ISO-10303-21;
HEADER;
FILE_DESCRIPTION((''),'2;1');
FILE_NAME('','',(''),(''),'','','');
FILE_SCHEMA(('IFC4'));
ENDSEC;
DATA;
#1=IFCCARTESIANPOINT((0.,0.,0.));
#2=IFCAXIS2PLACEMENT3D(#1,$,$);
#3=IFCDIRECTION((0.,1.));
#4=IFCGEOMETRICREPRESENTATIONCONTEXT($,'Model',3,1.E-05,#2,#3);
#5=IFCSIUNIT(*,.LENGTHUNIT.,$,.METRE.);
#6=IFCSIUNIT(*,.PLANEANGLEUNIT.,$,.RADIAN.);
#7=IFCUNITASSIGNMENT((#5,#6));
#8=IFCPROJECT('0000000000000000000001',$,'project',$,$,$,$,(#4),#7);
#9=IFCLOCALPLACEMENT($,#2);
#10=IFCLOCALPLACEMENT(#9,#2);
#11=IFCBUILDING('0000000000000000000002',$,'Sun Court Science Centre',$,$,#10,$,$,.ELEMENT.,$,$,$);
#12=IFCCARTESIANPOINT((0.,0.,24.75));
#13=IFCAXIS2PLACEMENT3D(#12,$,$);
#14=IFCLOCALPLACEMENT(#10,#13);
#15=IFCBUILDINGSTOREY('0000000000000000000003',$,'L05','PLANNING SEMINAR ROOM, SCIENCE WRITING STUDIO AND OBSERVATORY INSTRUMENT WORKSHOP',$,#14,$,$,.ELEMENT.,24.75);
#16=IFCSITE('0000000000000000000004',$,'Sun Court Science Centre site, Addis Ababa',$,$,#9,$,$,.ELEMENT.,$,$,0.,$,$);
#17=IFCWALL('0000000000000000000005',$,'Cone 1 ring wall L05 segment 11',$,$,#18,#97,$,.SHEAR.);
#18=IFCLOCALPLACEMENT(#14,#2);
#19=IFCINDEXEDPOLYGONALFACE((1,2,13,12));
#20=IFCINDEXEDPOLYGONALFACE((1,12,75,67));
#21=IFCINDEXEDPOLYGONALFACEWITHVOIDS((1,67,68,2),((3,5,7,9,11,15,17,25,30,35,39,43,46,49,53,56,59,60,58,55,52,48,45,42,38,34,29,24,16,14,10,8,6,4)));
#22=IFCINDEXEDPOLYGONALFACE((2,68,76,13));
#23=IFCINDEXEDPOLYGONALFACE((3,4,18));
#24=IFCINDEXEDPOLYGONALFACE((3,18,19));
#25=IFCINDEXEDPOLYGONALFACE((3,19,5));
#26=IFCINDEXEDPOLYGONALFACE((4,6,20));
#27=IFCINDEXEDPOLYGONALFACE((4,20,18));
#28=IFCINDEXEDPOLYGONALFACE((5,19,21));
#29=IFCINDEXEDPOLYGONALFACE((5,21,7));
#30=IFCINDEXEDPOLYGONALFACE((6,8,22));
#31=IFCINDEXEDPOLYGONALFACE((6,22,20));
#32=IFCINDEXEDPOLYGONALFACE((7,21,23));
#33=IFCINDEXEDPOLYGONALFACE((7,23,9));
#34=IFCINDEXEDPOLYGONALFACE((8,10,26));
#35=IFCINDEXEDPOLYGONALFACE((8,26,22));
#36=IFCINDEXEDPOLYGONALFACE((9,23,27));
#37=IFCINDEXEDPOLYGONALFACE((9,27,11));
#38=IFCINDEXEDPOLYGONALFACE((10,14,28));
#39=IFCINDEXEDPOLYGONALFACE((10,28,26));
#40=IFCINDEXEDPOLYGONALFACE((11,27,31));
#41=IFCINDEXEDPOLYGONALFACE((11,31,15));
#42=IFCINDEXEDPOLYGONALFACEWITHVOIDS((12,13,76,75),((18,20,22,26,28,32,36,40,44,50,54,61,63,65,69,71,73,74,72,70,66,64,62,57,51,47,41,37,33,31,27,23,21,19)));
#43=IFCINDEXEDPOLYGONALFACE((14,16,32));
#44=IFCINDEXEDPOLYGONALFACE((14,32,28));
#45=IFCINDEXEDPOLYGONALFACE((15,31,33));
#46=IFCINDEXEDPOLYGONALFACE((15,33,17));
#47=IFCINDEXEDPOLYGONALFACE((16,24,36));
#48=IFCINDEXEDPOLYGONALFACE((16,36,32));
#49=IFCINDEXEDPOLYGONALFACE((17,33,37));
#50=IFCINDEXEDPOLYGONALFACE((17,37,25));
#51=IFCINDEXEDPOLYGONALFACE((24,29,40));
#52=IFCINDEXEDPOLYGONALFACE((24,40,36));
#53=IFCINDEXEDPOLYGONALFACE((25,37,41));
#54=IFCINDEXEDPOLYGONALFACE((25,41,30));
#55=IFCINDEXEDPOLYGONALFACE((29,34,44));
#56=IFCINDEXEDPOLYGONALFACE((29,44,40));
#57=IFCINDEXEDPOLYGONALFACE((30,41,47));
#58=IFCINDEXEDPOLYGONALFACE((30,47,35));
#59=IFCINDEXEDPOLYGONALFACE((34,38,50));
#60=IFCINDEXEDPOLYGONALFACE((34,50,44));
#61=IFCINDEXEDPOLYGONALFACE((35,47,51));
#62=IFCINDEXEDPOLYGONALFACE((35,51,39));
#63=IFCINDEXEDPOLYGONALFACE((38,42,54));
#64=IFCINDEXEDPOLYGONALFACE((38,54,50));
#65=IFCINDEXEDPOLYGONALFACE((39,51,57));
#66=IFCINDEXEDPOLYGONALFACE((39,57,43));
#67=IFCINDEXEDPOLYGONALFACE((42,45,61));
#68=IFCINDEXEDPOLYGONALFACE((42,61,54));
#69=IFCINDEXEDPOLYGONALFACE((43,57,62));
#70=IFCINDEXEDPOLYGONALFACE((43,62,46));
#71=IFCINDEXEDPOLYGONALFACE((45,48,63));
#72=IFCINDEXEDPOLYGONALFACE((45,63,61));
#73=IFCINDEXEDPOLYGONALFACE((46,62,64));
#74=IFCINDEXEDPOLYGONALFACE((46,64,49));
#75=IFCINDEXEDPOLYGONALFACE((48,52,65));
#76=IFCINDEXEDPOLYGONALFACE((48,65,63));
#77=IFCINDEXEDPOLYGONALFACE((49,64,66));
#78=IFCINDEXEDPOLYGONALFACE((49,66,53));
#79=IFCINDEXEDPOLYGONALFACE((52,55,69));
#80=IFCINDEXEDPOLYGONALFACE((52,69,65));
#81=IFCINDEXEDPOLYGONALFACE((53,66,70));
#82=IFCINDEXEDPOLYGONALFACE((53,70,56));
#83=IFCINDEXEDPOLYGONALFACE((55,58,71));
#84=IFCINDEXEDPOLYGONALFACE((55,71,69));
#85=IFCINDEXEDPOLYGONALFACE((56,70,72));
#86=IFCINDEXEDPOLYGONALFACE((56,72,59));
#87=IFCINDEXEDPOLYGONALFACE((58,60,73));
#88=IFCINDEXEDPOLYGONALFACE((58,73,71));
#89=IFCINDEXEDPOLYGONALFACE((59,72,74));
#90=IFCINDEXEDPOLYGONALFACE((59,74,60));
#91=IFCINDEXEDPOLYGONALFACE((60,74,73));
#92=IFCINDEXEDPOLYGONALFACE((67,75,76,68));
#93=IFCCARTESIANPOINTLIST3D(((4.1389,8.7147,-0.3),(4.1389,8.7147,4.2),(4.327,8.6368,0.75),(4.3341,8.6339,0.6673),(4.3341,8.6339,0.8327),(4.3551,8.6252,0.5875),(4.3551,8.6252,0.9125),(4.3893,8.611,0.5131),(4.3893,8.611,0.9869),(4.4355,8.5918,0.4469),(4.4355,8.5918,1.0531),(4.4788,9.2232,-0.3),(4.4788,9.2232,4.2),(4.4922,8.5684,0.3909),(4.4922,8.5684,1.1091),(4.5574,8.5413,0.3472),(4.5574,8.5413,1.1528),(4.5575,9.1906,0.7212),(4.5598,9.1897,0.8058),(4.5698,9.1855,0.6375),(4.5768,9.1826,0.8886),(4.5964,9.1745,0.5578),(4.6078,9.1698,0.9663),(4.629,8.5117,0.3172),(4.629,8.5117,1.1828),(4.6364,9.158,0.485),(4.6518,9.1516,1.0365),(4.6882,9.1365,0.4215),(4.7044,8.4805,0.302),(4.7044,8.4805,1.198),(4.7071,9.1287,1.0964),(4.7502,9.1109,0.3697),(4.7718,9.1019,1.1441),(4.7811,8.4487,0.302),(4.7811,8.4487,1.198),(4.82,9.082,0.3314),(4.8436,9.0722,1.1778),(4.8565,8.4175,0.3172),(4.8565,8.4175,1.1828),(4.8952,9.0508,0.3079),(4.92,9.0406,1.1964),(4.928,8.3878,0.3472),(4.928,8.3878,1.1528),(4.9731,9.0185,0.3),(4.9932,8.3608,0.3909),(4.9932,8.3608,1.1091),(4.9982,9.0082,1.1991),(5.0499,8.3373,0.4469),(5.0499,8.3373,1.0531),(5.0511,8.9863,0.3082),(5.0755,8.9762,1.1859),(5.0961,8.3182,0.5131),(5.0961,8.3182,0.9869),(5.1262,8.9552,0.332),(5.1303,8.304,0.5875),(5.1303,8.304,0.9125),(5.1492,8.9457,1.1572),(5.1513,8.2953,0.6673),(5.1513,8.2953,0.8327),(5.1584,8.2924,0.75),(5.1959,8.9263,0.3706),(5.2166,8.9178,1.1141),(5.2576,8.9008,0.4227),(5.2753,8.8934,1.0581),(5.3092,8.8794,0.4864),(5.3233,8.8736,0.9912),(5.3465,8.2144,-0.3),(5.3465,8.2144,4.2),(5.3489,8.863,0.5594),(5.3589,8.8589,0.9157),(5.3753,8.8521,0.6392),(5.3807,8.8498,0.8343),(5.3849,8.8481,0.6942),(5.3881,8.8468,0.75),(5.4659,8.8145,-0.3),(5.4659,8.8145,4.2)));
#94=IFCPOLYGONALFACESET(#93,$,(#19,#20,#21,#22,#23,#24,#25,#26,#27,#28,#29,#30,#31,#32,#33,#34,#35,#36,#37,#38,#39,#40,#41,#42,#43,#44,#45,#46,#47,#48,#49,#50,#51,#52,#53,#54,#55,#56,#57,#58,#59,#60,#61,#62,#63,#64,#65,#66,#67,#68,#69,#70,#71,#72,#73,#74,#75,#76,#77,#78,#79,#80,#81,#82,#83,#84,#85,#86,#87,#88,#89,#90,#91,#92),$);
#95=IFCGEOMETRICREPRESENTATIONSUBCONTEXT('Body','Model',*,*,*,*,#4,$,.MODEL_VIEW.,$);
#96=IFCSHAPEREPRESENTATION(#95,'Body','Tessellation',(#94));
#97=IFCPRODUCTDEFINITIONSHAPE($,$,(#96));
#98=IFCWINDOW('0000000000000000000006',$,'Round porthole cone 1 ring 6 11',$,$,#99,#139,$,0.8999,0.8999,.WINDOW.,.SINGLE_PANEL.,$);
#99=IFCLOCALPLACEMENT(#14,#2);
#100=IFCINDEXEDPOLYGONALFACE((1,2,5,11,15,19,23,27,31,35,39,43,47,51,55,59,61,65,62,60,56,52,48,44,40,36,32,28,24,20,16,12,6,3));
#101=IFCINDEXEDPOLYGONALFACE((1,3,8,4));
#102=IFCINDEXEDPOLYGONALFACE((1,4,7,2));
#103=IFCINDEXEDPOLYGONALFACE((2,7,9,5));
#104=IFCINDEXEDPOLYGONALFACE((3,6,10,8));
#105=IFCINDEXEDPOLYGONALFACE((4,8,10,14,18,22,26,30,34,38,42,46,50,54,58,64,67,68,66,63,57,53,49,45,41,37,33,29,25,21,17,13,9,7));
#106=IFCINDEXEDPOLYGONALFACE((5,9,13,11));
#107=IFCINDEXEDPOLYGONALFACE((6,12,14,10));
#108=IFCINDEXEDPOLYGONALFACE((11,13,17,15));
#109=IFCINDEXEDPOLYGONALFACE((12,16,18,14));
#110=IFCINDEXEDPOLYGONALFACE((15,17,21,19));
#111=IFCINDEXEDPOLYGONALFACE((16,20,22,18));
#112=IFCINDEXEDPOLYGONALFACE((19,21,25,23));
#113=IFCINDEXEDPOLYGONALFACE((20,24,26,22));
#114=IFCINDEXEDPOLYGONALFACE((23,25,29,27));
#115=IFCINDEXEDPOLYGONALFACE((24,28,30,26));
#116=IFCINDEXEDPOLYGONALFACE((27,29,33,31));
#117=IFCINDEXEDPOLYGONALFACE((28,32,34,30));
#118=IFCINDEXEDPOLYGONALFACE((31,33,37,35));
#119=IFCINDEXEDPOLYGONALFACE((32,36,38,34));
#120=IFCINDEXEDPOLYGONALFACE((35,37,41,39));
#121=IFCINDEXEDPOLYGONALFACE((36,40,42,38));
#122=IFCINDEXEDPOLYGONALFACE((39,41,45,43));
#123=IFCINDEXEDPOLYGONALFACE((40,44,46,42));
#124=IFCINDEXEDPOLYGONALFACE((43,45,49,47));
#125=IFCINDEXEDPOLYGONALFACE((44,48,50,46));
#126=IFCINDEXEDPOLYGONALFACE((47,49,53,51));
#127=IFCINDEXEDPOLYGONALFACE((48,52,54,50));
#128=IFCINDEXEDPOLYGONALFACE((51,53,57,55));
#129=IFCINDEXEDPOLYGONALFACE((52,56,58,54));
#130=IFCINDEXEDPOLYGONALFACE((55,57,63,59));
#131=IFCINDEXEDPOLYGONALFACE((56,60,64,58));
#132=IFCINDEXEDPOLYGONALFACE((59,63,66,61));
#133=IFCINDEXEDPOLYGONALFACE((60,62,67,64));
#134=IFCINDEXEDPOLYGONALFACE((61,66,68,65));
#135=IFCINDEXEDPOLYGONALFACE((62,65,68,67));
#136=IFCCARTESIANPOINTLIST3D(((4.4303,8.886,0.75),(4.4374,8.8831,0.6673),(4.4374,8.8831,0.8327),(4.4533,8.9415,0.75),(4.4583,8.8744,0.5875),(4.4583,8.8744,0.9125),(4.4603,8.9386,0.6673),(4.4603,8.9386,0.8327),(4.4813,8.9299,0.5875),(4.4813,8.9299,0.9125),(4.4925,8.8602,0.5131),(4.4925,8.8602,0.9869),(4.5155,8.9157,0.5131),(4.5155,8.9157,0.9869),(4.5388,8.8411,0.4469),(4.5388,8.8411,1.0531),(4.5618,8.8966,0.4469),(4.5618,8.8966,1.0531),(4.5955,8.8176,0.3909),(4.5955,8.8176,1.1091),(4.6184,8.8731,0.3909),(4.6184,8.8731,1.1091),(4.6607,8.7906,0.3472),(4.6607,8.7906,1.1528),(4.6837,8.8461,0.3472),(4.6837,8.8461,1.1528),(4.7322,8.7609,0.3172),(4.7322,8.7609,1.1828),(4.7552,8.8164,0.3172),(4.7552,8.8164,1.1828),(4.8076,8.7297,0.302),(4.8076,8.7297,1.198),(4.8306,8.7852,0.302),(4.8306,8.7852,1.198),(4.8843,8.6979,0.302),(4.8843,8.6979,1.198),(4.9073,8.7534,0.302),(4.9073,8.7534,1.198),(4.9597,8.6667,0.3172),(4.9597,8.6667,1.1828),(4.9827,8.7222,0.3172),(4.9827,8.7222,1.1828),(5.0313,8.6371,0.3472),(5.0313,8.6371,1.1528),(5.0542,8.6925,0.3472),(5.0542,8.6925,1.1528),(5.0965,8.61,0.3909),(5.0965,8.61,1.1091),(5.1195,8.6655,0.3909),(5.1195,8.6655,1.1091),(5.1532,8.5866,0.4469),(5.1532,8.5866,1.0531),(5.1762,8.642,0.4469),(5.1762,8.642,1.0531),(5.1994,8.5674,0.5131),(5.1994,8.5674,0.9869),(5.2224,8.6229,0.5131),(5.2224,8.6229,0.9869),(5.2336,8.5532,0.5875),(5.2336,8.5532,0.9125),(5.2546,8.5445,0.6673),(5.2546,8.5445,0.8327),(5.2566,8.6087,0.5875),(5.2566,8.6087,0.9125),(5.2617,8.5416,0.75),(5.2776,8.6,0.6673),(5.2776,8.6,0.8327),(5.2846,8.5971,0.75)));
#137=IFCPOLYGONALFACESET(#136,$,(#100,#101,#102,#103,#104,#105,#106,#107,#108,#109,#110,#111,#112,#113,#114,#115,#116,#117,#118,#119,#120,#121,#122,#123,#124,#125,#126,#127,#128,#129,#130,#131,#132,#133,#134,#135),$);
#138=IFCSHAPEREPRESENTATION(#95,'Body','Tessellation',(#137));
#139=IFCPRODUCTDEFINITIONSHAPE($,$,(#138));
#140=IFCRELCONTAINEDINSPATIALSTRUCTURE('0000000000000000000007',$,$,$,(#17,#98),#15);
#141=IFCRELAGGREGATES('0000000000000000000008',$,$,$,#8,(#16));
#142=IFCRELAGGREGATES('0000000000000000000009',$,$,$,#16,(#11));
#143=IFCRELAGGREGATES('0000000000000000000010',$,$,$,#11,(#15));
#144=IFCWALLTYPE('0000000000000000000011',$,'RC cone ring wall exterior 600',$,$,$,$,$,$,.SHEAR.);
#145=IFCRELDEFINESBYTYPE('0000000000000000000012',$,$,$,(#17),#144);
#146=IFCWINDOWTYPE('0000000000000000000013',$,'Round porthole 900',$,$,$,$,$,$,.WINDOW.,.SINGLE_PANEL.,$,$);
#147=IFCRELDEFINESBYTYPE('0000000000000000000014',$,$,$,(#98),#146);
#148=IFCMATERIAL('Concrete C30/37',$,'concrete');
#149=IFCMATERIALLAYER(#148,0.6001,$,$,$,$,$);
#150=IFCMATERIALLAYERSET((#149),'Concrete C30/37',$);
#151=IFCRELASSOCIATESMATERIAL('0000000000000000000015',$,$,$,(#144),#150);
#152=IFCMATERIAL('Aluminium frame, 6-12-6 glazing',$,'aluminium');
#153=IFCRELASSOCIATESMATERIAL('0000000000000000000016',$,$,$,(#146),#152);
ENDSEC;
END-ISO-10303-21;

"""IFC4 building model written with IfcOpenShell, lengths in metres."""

from ifc_helpers import new_model, si_unit, direction, frame, frame_2d, origin, place, context, subcontext, project, spatial, polyline, circle, outline, extrude, material, layer, layer_set, type_object, element, fill, save


model = new_model("IFC4")

# Units and contexts
model_context = context("Model", 3, precision=1e-05, world=origin(), true_north=direction((0.0, 1.0)))
body_context = subcontext(model_context, "Body", "Model", "MODEL_VIEW")
ifc_project = project(units=[si_unit("LENGTHUNIT", "METRE"), si_unit("PLANEANGLEUNIT", "RADIAN")], contexts=[model_context])

# Site, building, storey
site_placement = place(None, origin())
site = spatial("IfcSite", under=ifc_project, at=site_placement, Name="Sun Court Science Centre site, Addis Ababa", CompositionType="ELEMENT", RefElevation=0.0)
building_placement = place(site_placement, origin())
building = spatial("IfcBuilding", under=site, at=building_placement, Name="Sun Court Science Centre", CompositionType="ELEMENT")
storey_placement = place(building_placement, frame((0.0, 0.0, 24.75)))
storey = spatial("IfcBuildingStorey", under=building, at=storey_placement, Name="L05", Description="PLANNING SEMINAR ROOM, SCIENCE WRITING STUDIO AND OBSERVATORY INSTRUMENT WORKSHOP", CompositionType="ELEMENT", Elevation=24.75)

# Wall, opening, window
ifc_material_1 = material(Name="Concrete C30/37", Category="concrete")
ifc_layer = layer(ifc_material_1, 0.6001)
ifc_layer_set = layer_set([ifc_layer], Name="Concrete C30/37")
wall_type = type_object("IfcWallType", Name="RC cone ring wall exterior 600", PredefinedType="SHEAR", material=ifc_layer_set)
ifc_material_2 = material(Name="Aluminium frame, 6-12-6 glazing", Category="aluminium")
window_type = type_object("IfcWindowType", Name="Round porthole 900", PartitioningType="SINGLE_PANEL", PredefinedType="WINDOW", material=ifc_material_2)
wall_1_placement = place(storey_placement, frame((4.2537, 8.9917, -0.3), z_axis=(0.0, 0.0, 1.0), x_axis=(0.92386, -0.382731, 0.0)))
wall_1 = element("IfcWall", 1, at=wall_1_placement, inside=storey, type_object=wall_type, Name="Cone 1 ring wall L05 segment 11", PredefinedType="SHEAR", context=body_context, shape_type="SweptSolid", body=[
    extrude(outline(polyline([(0.0, -0.2998), (1.3071, -0.2998), (1.1877, 0.3003), (0.1194, 0.3), (0.0, -0.2998)])), origin(), (0.0, 0.0, 1.0), 4.5),
])
opening_1_placement = place(wall_1_placement, frame((0.2036, 0.0, 0.6001)))
opening_1 = element("IfcOpeningElement", 2, at=opening_1_placement, cuts=wall_1, PredefinedType="OPENING", context=body_context, shape_type="SweptSolid", body=[
    extrude(circle(Radius=0.45, at=frame_2d((0.45, 0.45))), frame((0.0, 0.3101, 0.0), z_axis=(0.0, -1.0, 0.0), x_axis=(1.0, 0.0, 0.0)), (0.0, 0.0, 1.0), 0.6201),
])
window_1_placement = place(opening_1_placement, origin())
window_1 = element("IfcWindow", 3, at=window_1_placement, inside=storey, type_object=window_type, Name="Round porthole cone 1 ring 6 11", OverallHeight=0.8999, OverallWidth=0.8999, PartitioningType="SINGLE_PANEL", PredefinedType="WINDOW", context=body_context, shape_type="SweptSolid", body=[
    extrude(circle(Radius=0.45, at=frame_2d((0.45, 0.45))), frame((0.0, 0.03, 0.0), z_axis=(0.0, -1.0, 0.0), x_axis=(1.0, 0.0, 0.0)), (0.0, 0.0, 1.0), 0.0601),
])
fill(opening_1, window_1)

save(model, "model.ifc")
